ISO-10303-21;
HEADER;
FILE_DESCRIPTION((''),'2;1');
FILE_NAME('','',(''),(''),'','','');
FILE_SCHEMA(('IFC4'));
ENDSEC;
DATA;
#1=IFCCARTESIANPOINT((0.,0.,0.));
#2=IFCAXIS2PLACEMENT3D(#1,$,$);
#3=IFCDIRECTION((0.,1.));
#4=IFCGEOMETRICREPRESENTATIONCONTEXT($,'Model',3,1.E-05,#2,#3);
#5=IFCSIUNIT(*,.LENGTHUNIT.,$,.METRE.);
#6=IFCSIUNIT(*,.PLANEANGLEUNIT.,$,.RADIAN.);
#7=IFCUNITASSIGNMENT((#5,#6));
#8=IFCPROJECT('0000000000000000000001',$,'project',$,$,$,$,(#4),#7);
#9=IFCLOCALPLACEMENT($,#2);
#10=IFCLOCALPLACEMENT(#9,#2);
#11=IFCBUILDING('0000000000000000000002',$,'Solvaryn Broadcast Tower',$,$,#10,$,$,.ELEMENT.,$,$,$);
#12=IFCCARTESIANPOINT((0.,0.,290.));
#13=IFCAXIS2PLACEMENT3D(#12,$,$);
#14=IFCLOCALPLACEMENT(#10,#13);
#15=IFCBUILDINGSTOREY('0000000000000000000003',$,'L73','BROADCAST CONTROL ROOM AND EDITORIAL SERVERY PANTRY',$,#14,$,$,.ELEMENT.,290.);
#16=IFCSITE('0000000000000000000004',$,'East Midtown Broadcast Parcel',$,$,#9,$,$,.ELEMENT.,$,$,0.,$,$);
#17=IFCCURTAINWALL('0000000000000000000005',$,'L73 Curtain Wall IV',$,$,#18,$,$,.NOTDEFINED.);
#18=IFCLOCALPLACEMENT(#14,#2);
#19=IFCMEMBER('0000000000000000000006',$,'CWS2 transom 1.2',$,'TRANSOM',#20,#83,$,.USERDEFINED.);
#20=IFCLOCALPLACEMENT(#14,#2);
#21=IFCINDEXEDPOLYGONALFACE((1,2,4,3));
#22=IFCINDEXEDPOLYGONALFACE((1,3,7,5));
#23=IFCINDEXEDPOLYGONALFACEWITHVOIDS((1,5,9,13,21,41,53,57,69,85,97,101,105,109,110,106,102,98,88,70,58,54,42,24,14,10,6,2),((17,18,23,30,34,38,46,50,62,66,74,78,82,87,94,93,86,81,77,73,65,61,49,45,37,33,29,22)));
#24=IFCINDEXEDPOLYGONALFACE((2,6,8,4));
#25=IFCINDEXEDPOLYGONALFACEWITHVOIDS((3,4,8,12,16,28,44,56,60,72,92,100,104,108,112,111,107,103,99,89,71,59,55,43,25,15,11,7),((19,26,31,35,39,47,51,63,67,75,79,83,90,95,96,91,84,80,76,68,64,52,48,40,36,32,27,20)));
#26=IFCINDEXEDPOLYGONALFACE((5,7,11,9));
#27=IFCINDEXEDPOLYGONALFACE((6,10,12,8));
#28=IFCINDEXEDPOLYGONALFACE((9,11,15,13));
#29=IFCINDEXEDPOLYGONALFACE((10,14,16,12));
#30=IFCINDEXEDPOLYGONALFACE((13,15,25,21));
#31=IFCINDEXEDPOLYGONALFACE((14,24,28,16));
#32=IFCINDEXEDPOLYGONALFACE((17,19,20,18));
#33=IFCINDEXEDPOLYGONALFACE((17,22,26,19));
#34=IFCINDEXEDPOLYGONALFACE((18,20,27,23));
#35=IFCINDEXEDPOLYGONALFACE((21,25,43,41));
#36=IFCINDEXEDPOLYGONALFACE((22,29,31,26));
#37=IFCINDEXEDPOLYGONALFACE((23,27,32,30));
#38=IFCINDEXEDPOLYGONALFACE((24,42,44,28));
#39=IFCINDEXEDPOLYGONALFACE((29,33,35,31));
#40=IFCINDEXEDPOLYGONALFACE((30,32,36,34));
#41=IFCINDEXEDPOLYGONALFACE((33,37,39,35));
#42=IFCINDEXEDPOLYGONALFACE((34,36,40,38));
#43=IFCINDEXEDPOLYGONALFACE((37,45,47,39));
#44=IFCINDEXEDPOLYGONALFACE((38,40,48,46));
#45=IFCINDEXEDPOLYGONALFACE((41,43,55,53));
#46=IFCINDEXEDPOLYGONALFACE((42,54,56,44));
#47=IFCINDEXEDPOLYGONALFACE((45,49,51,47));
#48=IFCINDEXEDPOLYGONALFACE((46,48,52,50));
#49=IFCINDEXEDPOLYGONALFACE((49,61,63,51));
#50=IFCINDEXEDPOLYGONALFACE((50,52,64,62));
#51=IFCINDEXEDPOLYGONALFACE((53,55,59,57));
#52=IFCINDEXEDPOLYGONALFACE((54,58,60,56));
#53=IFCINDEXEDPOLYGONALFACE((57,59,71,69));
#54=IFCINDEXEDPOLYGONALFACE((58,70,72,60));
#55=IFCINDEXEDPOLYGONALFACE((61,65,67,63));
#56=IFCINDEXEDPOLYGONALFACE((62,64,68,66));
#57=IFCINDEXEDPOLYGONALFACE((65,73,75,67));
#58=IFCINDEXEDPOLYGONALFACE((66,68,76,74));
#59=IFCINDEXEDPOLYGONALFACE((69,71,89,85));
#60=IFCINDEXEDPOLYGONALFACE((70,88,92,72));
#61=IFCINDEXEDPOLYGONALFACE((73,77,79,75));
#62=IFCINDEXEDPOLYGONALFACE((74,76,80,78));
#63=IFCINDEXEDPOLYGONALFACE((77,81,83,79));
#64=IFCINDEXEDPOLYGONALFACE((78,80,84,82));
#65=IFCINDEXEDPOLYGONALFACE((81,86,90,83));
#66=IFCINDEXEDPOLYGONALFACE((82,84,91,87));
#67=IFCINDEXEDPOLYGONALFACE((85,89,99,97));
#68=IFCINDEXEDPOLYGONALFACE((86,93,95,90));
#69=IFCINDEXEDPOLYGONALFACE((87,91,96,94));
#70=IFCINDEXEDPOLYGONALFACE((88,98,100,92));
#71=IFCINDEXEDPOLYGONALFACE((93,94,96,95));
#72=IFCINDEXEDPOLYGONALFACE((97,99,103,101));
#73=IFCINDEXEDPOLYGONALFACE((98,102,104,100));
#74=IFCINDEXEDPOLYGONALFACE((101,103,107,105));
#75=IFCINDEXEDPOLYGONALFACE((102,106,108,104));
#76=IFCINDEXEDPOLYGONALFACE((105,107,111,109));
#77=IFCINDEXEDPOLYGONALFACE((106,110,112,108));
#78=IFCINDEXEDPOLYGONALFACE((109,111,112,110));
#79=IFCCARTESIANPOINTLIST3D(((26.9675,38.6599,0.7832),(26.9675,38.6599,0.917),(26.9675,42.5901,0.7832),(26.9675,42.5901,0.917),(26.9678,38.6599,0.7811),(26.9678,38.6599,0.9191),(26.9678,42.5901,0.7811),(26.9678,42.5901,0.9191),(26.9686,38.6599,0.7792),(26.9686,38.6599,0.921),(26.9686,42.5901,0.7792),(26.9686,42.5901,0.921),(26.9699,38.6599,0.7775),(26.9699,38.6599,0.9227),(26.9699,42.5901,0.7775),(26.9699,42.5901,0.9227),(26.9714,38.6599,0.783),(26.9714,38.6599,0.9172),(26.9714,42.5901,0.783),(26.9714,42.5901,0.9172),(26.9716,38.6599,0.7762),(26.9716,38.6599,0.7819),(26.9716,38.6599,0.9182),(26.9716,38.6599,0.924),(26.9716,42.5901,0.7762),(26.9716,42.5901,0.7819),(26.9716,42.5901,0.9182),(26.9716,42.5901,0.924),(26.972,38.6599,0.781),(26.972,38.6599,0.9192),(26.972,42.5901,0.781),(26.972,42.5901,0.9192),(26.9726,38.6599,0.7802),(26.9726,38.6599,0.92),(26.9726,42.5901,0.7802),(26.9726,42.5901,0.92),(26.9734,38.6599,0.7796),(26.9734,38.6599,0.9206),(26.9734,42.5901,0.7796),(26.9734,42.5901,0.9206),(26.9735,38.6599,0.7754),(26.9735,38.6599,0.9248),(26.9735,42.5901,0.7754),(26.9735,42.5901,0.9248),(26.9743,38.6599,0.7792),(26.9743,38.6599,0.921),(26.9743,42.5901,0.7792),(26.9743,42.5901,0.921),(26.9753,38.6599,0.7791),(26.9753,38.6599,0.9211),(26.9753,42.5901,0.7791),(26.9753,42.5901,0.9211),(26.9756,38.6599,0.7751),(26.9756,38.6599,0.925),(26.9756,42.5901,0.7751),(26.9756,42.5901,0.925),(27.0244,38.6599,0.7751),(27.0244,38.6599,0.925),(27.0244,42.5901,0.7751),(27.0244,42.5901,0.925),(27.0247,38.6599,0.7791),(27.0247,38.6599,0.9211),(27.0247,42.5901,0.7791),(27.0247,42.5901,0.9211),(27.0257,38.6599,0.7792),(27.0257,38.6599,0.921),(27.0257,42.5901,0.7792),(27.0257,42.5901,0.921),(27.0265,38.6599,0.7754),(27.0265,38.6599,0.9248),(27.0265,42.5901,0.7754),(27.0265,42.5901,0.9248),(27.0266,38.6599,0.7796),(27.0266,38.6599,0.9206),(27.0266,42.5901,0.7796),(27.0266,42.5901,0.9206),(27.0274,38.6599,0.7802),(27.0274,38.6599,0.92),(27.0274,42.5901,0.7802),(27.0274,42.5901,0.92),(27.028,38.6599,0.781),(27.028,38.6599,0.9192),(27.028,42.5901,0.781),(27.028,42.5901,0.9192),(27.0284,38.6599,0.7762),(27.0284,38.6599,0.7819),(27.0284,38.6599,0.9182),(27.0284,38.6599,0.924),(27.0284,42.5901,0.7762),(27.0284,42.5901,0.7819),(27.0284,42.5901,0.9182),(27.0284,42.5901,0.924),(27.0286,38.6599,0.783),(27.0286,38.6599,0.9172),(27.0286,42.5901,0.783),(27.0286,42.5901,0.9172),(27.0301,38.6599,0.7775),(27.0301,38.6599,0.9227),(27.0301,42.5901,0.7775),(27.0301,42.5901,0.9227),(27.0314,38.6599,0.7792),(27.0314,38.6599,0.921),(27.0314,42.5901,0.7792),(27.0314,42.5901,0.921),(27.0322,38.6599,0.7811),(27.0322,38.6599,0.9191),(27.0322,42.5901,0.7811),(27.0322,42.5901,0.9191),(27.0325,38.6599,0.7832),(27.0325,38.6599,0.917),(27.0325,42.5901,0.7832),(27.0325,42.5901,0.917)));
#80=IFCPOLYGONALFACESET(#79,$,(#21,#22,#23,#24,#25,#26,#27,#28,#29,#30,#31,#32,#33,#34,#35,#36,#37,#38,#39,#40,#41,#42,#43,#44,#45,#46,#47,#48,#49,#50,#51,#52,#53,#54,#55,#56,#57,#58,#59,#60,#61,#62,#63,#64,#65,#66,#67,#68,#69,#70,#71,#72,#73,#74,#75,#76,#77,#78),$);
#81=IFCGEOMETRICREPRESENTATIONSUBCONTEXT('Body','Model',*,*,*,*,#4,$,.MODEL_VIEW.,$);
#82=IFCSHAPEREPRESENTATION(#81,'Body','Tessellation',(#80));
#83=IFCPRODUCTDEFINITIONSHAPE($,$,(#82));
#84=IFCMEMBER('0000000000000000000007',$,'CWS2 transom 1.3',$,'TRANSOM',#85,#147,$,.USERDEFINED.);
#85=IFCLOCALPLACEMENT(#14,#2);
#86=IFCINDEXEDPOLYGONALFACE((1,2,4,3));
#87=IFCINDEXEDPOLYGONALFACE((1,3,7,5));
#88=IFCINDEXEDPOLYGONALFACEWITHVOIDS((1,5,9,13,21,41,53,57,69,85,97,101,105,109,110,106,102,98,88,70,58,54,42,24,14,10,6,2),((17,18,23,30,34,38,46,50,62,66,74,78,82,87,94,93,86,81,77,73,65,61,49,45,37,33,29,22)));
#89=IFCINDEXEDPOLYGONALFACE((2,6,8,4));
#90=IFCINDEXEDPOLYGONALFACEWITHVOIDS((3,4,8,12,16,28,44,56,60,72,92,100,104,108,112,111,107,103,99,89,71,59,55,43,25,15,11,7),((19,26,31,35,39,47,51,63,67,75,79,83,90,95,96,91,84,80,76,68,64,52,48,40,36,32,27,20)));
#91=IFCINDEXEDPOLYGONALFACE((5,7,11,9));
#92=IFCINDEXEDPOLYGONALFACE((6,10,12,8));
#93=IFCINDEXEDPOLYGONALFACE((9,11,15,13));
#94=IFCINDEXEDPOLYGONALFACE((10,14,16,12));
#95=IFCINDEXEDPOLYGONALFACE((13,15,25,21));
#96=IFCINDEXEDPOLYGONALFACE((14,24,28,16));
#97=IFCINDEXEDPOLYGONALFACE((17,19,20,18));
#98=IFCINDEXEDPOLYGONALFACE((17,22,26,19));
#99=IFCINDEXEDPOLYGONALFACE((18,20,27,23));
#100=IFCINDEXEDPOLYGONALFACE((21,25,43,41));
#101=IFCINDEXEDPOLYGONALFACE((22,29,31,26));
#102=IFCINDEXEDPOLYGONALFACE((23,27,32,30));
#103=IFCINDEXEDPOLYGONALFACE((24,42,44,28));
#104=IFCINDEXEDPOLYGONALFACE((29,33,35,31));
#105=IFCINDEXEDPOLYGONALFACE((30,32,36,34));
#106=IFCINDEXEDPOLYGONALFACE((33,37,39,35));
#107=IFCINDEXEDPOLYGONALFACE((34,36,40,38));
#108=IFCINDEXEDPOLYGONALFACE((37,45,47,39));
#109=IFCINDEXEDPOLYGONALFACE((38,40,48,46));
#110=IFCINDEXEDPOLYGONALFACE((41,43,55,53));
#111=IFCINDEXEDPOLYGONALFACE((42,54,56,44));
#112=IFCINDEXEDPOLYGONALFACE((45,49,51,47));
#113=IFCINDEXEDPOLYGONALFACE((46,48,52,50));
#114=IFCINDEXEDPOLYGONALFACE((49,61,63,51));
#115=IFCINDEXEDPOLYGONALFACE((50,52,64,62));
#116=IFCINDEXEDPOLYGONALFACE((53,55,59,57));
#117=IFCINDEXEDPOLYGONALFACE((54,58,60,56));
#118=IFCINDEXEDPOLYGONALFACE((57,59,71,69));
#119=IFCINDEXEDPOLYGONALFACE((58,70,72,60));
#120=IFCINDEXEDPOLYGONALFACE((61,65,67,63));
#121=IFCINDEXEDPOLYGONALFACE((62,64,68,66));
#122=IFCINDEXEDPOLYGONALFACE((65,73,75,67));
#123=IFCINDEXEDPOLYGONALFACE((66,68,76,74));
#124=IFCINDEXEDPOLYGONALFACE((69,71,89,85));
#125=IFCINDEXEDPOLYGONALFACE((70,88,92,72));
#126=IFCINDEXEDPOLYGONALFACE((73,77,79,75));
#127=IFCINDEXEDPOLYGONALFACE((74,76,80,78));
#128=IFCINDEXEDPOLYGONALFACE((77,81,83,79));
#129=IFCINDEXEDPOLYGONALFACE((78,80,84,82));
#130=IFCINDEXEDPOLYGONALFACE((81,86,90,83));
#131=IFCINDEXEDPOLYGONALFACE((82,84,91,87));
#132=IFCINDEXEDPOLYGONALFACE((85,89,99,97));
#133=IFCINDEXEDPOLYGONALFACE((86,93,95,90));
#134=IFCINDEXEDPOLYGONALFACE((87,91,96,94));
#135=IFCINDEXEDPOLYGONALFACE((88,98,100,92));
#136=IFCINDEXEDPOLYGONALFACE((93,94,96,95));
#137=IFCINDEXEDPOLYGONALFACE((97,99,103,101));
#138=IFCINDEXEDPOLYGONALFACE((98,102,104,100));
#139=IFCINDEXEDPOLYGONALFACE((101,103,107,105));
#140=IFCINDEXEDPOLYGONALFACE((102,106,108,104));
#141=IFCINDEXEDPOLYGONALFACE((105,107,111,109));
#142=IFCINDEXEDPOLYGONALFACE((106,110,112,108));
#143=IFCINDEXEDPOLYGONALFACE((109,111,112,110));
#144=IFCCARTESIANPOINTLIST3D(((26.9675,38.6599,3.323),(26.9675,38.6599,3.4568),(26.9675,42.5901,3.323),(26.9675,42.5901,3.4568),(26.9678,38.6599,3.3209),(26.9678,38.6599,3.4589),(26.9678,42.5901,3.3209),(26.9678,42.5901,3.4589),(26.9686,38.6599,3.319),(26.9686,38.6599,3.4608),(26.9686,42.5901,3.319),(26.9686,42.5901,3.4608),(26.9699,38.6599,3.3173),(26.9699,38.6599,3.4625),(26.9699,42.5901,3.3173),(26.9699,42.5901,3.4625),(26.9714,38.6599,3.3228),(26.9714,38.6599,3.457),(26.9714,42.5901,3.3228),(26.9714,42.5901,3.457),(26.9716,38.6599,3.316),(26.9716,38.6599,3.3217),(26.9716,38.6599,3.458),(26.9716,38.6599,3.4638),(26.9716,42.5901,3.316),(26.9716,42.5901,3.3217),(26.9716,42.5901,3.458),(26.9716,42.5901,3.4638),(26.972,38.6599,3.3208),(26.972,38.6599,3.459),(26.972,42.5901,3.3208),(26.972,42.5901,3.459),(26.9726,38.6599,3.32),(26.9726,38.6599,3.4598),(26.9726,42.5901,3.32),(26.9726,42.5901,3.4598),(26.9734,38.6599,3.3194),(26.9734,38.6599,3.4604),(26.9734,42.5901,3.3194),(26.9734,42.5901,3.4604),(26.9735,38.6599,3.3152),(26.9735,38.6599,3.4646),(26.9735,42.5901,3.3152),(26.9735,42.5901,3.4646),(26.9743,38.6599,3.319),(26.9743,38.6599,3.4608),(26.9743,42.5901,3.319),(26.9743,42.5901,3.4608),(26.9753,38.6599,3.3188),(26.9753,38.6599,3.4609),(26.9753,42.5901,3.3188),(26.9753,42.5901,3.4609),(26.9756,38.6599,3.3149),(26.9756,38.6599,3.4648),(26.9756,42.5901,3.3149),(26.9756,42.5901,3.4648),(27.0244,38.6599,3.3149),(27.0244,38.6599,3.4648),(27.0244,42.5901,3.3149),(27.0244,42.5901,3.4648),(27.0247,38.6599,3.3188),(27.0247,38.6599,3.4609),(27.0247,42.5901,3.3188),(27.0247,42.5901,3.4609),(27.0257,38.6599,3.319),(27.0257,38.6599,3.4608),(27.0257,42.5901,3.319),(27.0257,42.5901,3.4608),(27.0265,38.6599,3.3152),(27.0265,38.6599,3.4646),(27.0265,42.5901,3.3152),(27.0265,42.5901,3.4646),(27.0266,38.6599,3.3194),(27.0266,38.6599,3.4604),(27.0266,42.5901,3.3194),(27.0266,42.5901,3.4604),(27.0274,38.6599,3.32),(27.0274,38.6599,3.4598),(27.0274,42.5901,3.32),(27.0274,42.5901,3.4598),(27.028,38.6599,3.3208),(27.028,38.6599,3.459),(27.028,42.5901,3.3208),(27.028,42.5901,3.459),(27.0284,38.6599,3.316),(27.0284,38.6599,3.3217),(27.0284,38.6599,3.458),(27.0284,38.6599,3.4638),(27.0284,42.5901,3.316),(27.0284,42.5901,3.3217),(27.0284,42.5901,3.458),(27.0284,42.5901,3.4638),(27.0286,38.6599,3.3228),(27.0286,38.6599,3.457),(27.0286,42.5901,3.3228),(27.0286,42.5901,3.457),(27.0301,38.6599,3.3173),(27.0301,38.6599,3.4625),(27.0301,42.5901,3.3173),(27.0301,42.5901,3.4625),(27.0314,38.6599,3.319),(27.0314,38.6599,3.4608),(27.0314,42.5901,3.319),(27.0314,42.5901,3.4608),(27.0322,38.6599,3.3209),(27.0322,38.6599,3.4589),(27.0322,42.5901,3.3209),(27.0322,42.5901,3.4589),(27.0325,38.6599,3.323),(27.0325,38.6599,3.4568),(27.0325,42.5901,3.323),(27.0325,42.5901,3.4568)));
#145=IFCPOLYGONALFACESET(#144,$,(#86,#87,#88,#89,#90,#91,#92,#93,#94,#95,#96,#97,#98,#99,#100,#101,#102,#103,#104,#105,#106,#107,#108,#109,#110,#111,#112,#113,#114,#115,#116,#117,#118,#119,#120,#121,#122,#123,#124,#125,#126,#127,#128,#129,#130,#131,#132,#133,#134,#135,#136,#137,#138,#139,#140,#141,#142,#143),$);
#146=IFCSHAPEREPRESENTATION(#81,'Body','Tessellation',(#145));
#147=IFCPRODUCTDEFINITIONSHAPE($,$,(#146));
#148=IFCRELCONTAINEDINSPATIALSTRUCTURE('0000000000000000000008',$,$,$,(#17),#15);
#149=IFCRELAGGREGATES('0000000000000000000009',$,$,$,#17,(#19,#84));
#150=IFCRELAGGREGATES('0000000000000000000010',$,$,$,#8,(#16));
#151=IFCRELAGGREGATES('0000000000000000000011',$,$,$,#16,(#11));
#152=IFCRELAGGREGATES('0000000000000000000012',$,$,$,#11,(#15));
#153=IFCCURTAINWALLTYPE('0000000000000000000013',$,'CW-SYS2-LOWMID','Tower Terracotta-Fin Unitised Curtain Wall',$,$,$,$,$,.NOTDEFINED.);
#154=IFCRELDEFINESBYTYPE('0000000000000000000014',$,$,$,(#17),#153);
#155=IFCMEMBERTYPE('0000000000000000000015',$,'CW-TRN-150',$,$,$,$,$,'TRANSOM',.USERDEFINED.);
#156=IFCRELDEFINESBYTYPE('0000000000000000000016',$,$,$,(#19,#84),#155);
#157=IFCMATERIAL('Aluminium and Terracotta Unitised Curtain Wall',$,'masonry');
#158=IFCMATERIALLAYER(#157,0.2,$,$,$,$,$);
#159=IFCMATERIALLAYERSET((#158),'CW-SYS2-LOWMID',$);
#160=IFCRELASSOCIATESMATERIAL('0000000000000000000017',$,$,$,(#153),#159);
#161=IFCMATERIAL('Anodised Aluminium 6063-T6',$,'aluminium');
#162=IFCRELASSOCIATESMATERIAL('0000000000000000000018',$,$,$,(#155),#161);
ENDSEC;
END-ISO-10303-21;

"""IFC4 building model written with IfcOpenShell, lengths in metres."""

from ifc_helpers import new_model, si_unit, direction, frame, origin, origin_2d, place, context, subcontext, project, spatial, hollow_rectangle, extrude, material, layer, layer_set, material_profile, profile_set, type_object, element, aggregate, save


model = new_model("IFC4")

# Units and contexts
model_context = context("Model", 3, precision=1e-05, world=origin(), true_north=direction((0.0, 1.0)))
body_context = subcontext(model_context, "Body", "Model", "MODEL_VIEW")
ifc_project = project(units=[si_unit("LENGTHUNIT", "METRE"), si_unit("PLANEANGLEUNIT", "RADIAN")], contexts=[model_context])

# Site, building, storey
site_placement = place(None, origin())
site = spatial("IfcSite", under=ifc_project, at=site_placement, Name="East Midtown Broadcast Parcel", CompositionType="ELEMENT", RefElevation=0.0)
building_placement = place(site_placement, origin())
building = spatial("IfcBuilding", under=site, at=building_placement, Name="Solvaryn Broadcast Tower", CompositionType="ELEMENT")
storey_placement = place(building_placement, frame((0.0, 0.0, 290.0)))
storey = spatial("IfcBuildingStorey", under=building, at=storey_placement, Name="L73", Description="BROADCAST CONTROL ROOM AND EDITORIAL SERVERY PANTRY", CompositionType="ELEMENT", Elevation=290.0)

# Curtain wall
ifc_material_1 = material(Name="Aluminium and Terracotta Unitised Curtain Wall", Category="masonry")
ifc_layer_1 = layer(ifc_material_1, 0.2)
ifc_layer_set_1 = layer_set([ifc_layer_1], Name="CW-SYS2-LOWMID")
curtain_wall_type = type_object("IfcCurtainWallType", Name="CW-SYS2-LOWMID", Description="Tower Terracotta-Fin Unitised Curtain Wall", PredefinedType="NOTDEFINED", material=ifc_layer_set_1)
curtain_wall_1_placement = place(storey_placement, origin())
curtain_wall_1 = element("IfcCurtainWall", 1, at=curtain_wall_1_placement, inside=storey, type_object=curtain_wall_type, Name="L73 Curtain Wall IV", PredefinedType="NOTDEFINED")

# Members
ifc_material_2 = material(Name="Anodised Aluminium 6063-T6", Category="aluminium")
ifc_material_profile_1 = material_profile(ifc_material_2, hollow_rectangle(XDim=0.0649, YDim=0.1499, WallThickness=0.0039, InnerFilletRadius=0.0039, OuterFilletRadius=0.0081, at=origin_2d()))
ifc_profile_set_1 = profile_set([ifc_material_profile_1], Name="Anodised Aluminium 6063-T6")
member_type_1 = type_object("IfcMemberType", Name="CW-TRN-150", ElementType="TRANSOM", PredefinedType="USERDEFINED", material=ifc_profile_set_1)
member_1_placement = place(storey_placement, frame((27.0, 42.5901, 0.8501), z_axis=(0.0, -1.0, 0.0), x_axis=(1.0, 0.0, 0.0)))
member_1 = element("IfcMember", 2, at=member_1_placement, type_object=member_type_1, Name="CWS2 transom 1.2", ObjectType="TRANSOM", PredefinedType="USERDEFINED", context=body_context, shape_type="SweptSolid", body=[
    extrude(hollow_rectangle(XDim=0.0649, YDim=0.1499, WallThickness=0.0039, InnerFilletRadius=0.0039, OuterFilletRadius=0.0081, at=origin_2d()), origin(), (0.0, 0.0, 1.0), 3.9302),
])
member_2_placement = place(storey_placement, frame((27.0, 42.5901, 3.3899), z_axis=(0.0, -1.0, 0.0), x_axis=(1.0, 0.0, 0.0)))
member_2 = element("IfcMember", 3, at=member_2_placement, type_object=member_type_1, Name="CWS2 transom 1.3", ObjectType="TRANSOM", PredefinedType="USERDEFINED", context=body_context, shape_type="SweptSolid", body=[
    extrude(hollow_rectangle(XDim=0.0649, YDim=0.1499, WallThickness=0.0039, InnerFilletRadius=0.0039, OuterFilletRadius=0.0081, at=origin_2d()), origin(), (0.0, 0.0, 1.0), 3.9302),
])

aggregate(curtain_wall_1, [member_1, member_2])

save(model, "model.ifc")
